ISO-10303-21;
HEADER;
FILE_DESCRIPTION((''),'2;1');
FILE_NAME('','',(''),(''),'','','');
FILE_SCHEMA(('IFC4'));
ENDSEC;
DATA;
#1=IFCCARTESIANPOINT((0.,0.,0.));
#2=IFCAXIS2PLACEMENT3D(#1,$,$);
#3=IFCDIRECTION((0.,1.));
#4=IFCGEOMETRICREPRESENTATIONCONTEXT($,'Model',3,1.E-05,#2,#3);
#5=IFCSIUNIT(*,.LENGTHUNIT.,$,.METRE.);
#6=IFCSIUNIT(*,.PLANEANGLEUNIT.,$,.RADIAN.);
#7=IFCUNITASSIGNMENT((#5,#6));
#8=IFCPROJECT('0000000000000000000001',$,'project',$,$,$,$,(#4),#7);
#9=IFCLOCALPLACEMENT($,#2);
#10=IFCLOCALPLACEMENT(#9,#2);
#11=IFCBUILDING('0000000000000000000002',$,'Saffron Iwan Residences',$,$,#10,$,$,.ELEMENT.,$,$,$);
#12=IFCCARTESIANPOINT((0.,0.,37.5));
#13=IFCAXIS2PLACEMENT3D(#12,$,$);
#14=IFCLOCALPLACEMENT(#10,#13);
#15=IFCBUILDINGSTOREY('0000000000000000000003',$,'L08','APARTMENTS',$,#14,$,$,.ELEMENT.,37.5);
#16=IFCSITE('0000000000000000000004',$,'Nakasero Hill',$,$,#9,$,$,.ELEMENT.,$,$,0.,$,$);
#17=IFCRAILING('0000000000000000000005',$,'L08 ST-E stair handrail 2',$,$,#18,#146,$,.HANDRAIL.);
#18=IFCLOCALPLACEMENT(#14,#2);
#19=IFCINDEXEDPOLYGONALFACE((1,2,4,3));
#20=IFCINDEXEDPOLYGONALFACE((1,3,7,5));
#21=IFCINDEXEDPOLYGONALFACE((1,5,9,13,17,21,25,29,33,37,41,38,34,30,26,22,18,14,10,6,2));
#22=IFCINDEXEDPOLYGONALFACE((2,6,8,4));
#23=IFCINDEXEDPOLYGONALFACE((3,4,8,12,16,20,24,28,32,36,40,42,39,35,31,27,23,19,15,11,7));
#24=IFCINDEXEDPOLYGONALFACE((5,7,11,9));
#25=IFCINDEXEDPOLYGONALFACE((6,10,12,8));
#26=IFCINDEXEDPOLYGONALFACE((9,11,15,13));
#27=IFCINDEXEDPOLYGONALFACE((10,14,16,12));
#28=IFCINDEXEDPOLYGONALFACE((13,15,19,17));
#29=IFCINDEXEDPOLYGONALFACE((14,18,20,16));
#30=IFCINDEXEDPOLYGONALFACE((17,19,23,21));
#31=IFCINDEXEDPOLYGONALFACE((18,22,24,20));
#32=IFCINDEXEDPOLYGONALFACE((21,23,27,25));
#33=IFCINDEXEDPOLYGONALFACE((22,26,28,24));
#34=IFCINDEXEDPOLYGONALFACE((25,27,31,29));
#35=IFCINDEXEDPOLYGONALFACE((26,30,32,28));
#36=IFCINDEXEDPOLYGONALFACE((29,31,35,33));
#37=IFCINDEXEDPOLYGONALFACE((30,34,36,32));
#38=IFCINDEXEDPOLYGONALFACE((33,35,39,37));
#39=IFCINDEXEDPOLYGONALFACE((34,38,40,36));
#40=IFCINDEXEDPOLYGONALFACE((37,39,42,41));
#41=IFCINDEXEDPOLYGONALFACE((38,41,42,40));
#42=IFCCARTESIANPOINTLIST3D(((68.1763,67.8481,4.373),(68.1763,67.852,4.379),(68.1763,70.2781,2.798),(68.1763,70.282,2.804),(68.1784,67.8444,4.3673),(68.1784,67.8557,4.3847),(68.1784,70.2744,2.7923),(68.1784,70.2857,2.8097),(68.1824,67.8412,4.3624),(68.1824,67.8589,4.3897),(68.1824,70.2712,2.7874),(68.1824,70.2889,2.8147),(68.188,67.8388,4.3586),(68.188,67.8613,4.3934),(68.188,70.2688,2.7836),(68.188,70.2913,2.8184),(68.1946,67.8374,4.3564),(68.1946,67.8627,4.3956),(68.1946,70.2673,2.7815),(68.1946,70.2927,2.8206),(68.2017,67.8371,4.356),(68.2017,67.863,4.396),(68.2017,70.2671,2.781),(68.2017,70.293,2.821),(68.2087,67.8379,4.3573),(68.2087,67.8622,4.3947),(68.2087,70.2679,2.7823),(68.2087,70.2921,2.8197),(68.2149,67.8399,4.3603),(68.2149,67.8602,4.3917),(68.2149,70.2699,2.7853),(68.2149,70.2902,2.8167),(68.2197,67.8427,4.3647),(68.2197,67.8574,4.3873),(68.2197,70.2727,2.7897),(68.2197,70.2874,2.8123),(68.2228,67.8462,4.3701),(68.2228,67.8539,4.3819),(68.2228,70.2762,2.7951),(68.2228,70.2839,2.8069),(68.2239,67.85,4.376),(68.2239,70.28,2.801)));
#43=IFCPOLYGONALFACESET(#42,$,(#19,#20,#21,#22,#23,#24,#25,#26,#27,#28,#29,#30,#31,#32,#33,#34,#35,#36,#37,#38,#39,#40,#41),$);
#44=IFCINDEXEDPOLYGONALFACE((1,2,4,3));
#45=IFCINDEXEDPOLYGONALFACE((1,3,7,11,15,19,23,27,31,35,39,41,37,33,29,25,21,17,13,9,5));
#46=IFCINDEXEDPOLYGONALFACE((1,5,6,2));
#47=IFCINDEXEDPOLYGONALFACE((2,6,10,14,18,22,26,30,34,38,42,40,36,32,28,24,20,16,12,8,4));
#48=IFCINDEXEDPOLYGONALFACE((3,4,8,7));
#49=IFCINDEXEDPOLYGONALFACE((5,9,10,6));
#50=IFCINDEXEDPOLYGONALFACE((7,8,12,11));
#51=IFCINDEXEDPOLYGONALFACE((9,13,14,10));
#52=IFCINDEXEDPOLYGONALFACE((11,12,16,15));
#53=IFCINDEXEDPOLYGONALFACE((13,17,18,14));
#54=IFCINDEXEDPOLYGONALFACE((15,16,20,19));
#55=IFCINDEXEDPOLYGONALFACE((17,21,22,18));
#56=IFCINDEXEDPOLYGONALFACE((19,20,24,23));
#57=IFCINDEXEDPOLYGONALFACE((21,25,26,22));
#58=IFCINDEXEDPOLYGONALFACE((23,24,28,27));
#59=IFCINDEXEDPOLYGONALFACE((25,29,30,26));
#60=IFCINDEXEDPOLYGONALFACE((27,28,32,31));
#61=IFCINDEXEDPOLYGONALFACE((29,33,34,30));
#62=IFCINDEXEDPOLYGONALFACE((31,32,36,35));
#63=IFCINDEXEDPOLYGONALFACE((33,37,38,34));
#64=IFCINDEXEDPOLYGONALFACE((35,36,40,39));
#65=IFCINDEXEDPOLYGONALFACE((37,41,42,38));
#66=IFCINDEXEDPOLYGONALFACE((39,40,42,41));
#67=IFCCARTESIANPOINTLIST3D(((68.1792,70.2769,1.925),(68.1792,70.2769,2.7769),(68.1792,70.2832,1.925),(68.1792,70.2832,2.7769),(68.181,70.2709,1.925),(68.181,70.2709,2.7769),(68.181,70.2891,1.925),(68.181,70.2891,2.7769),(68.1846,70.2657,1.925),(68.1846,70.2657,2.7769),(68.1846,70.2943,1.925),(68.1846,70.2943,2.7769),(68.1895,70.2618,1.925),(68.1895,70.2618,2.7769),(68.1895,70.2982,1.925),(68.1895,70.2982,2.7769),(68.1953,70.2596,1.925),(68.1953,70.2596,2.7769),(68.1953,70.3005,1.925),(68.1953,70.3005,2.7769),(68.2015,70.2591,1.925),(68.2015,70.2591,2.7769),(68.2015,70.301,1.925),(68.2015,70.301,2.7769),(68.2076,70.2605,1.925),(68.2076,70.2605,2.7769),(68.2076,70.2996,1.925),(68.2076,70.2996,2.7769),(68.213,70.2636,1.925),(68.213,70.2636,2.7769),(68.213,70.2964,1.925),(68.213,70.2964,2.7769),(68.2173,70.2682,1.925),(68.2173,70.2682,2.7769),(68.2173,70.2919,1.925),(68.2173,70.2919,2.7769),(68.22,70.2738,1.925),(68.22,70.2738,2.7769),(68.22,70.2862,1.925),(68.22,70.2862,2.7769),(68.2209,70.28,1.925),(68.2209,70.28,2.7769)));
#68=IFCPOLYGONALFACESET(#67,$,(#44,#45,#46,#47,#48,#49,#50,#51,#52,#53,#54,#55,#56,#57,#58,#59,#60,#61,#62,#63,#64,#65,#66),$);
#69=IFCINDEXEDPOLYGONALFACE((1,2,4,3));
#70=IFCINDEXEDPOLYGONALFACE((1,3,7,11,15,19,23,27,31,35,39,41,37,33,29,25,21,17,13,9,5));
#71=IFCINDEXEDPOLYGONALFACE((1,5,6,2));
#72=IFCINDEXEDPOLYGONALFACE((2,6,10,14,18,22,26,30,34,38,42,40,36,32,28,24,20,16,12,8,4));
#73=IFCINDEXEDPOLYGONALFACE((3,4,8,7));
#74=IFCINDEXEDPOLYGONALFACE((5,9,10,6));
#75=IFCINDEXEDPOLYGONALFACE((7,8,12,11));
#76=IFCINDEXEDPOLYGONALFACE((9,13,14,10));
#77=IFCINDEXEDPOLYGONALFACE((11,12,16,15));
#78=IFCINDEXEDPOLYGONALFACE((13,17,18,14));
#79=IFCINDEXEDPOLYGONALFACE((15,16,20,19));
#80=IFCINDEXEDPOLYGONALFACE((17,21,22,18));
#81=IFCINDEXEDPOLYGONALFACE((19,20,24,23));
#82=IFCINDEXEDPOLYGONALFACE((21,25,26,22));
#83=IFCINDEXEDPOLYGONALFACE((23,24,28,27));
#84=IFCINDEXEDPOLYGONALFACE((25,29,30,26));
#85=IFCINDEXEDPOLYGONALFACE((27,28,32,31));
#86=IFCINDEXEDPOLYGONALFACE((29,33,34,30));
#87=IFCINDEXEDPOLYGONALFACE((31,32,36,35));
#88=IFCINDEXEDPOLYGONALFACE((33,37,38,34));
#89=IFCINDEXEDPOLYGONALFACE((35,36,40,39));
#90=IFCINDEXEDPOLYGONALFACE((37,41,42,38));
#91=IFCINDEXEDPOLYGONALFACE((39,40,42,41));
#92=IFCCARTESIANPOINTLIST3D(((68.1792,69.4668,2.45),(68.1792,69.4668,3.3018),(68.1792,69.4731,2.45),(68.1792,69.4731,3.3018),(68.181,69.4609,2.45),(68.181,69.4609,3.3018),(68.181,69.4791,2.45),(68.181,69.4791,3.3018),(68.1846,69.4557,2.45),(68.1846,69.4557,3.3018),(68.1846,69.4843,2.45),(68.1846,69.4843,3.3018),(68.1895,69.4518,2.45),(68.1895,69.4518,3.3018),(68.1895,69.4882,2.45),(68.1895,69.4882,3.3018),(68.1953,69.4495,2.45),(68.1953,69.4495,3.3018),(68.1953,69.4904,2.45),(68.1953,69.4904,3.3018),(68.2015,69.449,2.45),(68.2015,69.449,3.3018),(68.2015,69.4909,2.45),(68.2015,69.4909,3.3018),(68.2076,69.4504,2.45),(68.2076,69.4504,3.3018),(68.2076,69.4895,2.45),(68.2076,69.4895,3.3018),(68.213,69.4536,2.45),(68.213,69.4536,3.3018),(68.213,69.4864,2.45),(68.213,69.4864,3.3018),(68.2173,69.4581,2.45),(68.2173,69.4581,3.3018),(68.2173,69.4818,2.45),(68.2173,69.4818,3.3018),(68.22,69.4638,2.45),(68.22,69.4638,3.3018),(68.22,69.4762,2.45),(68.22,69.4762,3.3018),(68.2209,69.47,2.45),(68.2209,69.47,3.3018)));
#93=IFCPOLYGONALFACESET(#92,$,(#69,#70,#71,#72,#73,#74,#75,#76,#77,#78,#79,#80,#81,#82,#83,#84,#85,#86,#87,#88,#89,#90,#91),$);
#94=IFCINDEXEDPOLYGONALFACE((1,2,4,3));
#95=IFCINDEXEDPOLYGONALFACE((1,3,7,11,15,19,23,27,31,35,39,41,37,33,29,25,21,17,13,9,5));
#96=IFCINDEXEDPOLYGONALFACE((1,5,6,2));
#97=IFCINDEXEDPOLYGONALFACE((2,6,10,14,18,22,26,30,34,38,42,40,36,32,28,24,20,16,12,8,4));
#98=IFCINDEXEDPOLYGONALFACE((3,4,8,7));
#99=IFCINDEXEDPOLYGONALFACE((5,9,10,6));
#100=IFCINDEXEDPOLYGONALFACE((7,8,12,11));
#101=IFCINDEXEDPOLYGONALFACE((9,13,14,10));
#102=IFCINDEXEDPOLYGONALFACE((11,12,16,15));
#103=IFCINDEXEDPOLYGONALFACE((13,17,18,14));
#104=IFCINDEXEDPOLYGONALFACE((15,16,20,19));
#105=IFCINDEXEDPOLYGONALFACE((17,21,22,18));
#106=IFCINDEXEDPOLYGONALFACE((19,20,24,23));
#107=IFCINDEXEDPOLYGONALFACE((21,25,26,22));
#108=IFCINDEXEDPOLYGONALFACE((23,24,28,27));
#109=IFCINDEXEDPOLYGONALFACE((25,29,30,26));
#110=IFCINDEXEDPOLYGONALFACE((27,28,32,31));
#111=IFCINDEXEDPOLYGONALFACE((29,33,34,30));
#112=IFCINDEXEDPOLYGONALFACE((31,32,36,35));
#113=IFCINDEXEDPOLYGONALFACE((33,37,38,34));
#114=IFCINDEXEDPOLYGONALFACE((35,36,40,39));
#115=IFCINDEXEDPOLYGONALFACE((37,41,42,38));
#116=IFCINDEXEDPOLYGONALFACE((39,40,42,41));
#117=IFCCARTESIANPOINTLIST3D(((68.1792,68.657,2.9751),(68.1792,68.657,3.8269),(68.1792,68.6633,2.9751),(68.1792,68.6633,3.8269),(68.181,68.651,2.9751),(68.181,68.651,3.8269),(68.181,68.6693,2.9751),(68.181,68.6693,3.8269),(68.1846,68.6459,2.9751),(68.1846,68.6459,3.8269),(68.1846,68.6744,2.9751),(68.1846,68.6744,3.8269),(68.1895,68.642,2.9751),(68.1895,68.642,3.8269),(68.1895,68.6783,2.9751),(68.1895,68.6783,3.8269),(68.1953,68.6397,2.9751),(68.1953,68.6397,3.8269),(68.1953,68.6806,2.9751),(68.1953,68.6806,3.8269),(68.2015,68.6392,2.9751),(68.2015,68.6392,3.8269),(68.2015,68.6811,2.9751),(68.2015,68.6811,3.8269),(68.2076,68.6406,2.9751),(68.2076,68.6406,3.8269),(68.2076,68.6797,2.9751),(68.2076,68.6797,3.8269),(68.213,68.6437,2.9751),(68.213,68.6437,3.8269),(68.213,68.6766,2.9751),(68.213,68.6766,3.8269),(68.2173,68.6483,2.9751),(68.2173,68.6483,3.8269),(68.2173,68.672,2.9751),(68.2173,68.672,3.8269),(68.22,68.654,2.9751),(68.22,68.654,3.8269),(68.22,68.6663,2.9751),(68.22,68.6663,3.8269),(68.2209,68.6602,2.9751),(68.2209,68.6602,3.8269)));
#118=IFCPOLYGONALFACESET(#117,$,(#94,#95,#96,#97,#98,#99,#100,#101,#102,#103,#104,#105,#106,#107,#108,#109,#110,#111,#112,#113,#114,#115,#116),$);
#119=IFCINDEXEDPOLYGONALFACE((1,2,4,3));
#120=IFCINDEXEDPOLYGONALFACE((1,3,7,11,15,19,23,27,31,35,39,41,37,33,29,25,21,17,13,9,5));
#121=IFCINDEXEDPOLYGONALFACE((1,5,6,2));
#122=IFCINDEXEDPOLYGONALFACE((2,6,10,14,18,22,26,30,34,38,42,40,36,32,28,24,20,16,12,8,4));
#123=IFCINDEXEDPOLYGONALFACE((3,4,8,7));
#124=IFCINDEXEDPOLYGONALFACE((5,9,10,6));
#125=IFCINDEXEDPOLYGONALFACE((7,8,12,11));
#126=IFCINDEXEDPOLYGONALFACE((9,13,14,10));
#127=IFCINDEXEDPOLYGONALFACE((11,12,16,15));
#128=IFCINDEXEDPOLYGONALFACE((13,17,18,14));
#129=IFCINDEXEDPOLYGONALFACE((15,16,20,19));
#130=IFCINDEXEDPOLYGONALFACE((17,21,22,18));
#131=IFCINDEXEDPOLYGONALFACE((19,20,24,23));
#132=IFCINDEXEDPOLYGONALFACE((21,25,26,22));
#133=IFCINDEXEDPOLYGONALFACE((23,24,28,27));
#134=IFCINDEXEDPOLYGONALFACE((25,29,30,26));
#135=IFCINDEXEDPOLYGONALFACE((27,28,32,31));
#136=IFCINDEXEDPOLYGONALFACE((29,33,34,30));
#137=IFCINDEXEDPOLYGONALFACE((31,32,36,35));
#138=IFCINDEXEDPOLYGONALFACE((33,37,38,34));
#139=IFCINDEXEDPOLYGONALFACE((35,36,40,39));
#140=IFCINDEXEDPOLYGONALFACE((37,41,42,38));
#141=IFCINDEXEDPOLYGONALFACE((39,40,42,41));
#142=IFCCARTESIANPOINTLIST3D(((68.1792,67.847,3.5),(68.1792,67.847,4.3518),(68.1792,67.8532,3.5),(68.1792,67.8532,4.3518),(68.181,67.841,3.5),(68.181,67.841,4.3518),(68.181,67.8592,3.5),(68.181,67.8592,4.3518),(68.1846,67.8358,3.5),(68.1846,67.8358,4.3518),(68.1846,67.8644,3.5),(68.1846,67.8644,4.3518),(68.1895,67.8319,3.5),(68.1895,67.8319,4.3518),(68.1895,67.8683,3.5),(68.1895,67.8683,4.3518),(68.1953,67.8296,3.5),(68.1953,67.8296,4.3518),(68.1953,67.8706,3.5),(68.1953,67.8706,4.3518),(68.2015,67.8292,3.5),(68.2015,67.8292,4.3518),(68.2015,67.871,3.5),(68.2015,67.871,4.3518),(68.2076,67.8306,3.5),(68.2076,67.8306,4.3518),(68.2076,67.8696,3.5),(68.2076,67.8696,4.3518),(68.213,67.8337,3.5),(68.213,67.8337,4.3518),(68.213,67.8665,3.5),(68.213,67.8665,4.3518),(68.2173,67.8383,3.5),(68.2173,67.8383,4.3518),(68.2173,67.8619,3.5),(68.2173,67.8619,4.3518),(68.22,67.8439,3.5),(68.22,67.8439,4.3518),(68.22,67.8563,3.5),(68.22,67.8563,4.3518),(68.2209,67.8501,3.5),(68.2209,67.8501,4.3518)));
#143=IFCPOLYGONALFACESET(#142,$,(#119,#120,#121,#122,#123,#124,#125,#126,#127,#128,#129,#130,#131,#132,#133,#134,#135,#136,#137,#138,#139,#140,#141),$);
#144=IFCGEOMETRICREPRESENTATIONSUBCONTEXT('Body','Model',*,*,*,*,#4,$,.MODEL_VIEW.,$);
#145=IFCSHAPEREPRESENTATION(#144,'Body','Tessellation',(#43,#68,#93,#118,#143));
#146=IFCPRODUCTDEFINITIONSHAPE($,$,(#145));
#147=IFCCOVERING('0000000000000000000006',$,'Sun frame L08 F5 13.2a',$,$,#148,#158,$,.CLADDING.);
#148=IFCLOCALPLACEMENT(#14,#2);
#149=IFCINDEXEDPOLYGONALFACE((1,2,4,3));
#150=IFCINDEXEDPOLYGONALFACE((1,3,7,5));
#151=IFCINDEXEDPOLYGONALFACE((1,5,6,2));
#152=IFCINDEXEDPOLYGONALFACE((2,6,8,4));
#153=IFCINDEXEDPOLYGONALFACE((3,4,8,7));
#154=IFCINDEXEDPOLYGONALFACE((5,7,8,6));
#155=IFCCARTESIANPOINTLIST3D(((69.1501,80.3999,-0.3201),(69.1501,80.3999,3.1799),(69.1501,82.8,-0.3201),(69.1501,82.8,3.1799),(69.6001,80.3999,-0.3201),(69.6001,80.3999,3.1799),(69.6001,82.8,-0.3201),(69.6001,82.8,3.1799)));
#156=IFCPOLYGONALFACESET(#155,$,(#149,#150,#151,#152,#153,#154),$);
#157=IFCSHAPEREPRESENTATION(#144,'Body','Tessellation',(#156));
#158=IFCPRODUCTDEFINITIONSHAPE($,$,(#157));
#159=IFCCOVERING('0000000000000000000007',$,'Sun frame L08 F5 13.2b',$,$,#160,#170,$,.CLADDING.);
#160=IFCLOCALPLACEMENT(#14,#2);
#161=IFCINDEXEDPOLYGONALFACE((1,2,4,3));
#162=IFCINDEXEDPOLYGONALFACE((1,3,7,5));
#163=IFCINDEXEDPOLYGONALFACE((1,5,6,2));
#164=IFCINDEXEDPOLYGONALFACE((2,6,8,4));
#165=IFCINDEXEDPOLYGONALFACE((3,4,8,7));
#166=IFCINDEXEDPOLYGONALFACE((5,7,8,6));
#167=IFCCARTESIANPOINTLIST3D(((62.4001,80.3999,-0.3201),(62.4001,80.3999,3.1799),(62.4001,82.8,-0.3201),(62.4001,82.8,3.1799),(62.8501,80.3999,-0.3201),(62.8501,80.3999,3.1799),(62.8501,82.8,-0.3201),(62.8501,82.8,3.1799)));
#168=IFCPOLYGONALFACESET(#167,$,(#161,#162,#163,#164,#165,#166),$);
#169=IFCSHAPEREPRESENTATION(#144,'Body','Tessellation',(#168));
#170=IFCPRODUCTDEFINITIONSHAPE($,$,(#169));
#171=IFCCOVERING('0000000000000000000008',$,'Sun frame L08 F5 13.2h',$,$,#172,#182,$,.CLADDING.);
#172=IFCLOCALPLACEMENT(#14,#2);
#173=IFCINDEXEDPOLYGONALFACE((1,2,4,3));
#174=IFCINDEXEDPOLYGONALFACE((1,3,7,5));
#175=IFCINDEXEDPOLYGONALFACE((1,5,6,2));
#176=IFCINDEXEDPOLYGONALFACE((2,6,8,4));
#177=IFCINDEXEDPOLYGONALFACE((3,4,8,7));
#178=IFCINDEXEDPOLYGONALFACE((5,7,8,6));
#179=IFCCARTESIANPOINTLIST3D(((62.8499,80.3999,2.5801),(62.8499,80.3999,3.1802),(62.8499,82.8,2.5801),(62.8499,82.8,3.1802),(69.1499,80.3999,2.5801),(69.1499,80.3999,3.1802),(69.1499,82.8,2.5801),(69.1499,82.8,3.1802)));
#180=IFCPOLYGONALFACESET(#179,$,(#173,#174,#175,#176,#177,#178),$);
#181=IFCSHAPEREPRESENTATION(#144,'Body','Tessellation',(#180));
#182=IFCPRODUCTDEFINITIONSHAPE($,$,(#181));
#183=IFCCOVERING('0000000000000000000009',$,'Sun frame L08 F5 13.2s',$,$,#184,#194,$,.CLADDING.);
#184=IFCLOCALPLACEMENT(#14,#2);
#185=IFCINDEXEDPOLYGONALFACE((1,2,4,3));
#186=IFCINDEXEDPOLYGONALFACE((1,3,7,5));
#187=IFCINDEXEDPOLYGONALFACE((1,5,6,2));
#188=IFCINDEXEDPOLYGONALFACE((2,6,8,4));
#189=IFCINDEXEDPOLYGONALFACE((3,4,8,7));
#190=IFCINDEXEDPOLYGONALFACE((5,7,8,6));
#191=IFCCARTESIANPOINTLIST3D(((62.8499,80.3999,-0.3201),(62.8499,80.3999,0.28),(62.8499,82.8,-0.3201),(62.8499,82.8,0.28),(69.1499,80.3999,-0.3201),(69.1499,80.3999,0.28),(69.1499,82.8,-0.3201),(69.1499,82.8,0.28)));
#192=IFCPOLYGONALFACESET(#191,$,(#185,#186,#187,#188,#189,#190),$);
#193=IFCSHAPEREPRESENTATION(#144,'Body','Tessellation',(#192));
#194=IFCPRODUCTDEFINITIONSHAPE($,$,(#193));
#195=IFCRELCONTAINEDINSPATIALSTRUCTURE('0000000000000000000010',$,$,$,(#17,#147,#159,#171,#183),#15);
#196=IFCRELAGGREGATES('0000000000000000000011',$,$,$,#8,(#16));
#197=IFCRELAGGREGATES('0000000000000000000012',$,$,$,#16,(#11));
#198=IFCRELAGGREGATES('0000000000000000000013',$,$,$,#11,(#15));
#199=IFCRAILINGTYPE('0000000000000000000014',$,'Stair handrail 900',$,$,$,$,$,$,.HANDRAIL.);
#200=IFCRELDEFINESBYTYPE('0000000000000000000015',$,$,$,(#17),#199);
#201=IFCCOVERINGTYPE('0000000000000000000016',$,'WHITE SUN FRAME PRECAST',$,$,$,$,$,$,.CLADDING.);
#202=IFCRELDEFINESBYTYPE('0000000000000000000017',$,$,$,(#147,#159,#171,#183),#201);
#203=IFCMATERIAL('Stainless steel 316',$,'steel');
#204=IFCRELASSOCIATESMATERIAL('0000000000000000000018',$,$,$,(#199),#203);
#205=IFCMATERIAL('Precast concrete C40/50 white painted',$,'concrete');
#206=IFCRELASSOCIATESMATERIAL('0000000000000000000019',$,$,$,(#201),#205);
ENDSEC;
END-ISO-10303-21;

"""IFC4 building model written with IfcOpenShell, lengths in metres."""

from ifc_helpers import new_model, si_unit, direction, frame, origin, origin_2d, place, context, subcontext, project, spatial, polyline, circle, outline, extrude, material, type_object, element, save


model = new_model("IFC4")

# Units and contexts
model_context = context("Model", 3, precision=1e-05, world=origin(), true_north=direction((0.0, 1.0)))
body_context = subcontext(model_context, "Body", "Model", "MODEL_VIEW")
ifc_project = project(units=[si_unit("LENGTHUNIT", "METRE"), si_unit("PLANEANGLEUNIT", "RADIAN")], contexts=[model_context])

# Site, building, storey
site_placement = place(None, origin())
site = spatial("IfcSite", under=ifc_project, at=site_placement, Name="Nakasero Hill", CompositionType="ELEMENT", RefElevation=0.0)
building_placement = place(site_placement, origin())
building = spatial("IfcBuilding", under=site, at=building_placement, Name="Saffron Iwan Residences", CompositionType="ELEMENT")
storey_placement = place(building_placement, frame((0.0, 0.0, 37.5)))
storey = spatial("IfcBuildingStorey", under=building, at=storey_placement, Name="L08", Description="APARTMENTS", CompositionType="ELEMENT", Elevation=37.5)

# Railing
ifc_material_1 = material(Name="Stainless steel 316", Category="steel")
railing_type_1 = type_object("IfcRailingType", Name="Stair handrail 900", PredefinedType="HANDRAIL", material=ifc_material_1)
railing_1_placement = place(storey_placement, frame((68.2, 70.28, 1.925)))
element("IfcRailing", 1, at=railing_1_placement, inside=storey, type_object=railing_type_1, Name="L08 ST-E stair handrail 2", PredefinedType="HANDRAIL", context=body_context, shape_type="SweptSolid", body=[
    extrude(circle(Radius=0.0239, at=origin_2d()), frame((0.0, 0.0, 0.876), z_axis=(0.0, -0.839154, 0.543894), x_axis=(1.0, 0.0, 0.0)), (0.0, 0.0, 1.0), 2.8958),
    extrude(circle(Radius=0.021, at=origin_2d()), origin(), (0.0, 0.0, 1.0), 0.8518),
    extrude(circle(Radius=0.021, at=origin_2d()), frame((0.0, -0.8101, 0.5249)), (0.0, 0.0, 1.0), 0.8518),
    extrude(circle(Radius=0.021, at=origin_2d()), frame((0.0, -1.6199, 1.05)), (0.0, 0.0, 1.0), 0.8518),
    extrude(circle(Radius=0.021, at=origin_2d()), frame((0.0, -2.4299, 1.575)), (0.0, 0.0, 1.0), 0.8518),
])

# Coverings
ifc_material_2 = material(Name="Precast concrete C40/50 white painted", Category="concrete")
covering_type_1 = type_object("IfcCoveringType", Name="WHITE SUN FRAME PRECAST", PredefinedType="CLADDING", material=ifc_material_2)
for number, where, z_axis, x_axis, name in (
    (2, (69.6001, 80.3999, -0.3201), (0.0, 1.0, 0.0), (-1.0, 0.0, 0.0), "Sun frame L08 F5 13.2a"),
    (3, (62.8501, 80.3999, -0.3201), (0.0, 1.0, 0.0), (-1.0, 0.0, 0.0), "Sun frame L08 F5 13.2b"),
):
    element("IfcCovering", number, at=place(storey_placement, frame(where, z_axis=z_axis, x_axis=x_axis)), inside=storey, type_object=covering_type_1, Name=name, PredefinedType="CLADDING", context=body_context, shape_type="SweptSolid", body=[
        extrude(outline(polyline([(0.0, 0.0), (0.45, 0.0), (0.45, 3.5), (0.0, 3.5), (0.0, 0.0)])), origin(), (0.0, 0.0, 1.0), 2.4001),
    ])
for number, where, z_axis, x_axis, name in (
    (4, (69.1499, 80.3999, 2.5801), (0.0, 1.0, 0.0), (-1.0, 0.0, 0.0), "Sun frame L08 F5 13.2h"),
    (5, (69.1499, 80.3999, -0.3201), (0.0, 1.0, 0.0), (-1.0, 0.0, 0.0), "Sun frame L08 F5 13.2s"),
):
    element("IfcCovering", number, at=place(storey_placement, frame(where, z_axis=z_axis, x_axis=x_axis)), inside=storey, type_object=covering_type_1, Name=name, PredefinedType="CLADDING", context=body_context, shape_type="SweptSolid", body=[
        extrude(outline(polyline([(0.0, 0.0), (6.3, 0.0), (6.3, 0.6001), (0.0, 0.6001), (0.0, 0.0)])), origin(), (0.0, 0.0, 1.0), 2.4001),
    ])

save(model, "model.ifc")
